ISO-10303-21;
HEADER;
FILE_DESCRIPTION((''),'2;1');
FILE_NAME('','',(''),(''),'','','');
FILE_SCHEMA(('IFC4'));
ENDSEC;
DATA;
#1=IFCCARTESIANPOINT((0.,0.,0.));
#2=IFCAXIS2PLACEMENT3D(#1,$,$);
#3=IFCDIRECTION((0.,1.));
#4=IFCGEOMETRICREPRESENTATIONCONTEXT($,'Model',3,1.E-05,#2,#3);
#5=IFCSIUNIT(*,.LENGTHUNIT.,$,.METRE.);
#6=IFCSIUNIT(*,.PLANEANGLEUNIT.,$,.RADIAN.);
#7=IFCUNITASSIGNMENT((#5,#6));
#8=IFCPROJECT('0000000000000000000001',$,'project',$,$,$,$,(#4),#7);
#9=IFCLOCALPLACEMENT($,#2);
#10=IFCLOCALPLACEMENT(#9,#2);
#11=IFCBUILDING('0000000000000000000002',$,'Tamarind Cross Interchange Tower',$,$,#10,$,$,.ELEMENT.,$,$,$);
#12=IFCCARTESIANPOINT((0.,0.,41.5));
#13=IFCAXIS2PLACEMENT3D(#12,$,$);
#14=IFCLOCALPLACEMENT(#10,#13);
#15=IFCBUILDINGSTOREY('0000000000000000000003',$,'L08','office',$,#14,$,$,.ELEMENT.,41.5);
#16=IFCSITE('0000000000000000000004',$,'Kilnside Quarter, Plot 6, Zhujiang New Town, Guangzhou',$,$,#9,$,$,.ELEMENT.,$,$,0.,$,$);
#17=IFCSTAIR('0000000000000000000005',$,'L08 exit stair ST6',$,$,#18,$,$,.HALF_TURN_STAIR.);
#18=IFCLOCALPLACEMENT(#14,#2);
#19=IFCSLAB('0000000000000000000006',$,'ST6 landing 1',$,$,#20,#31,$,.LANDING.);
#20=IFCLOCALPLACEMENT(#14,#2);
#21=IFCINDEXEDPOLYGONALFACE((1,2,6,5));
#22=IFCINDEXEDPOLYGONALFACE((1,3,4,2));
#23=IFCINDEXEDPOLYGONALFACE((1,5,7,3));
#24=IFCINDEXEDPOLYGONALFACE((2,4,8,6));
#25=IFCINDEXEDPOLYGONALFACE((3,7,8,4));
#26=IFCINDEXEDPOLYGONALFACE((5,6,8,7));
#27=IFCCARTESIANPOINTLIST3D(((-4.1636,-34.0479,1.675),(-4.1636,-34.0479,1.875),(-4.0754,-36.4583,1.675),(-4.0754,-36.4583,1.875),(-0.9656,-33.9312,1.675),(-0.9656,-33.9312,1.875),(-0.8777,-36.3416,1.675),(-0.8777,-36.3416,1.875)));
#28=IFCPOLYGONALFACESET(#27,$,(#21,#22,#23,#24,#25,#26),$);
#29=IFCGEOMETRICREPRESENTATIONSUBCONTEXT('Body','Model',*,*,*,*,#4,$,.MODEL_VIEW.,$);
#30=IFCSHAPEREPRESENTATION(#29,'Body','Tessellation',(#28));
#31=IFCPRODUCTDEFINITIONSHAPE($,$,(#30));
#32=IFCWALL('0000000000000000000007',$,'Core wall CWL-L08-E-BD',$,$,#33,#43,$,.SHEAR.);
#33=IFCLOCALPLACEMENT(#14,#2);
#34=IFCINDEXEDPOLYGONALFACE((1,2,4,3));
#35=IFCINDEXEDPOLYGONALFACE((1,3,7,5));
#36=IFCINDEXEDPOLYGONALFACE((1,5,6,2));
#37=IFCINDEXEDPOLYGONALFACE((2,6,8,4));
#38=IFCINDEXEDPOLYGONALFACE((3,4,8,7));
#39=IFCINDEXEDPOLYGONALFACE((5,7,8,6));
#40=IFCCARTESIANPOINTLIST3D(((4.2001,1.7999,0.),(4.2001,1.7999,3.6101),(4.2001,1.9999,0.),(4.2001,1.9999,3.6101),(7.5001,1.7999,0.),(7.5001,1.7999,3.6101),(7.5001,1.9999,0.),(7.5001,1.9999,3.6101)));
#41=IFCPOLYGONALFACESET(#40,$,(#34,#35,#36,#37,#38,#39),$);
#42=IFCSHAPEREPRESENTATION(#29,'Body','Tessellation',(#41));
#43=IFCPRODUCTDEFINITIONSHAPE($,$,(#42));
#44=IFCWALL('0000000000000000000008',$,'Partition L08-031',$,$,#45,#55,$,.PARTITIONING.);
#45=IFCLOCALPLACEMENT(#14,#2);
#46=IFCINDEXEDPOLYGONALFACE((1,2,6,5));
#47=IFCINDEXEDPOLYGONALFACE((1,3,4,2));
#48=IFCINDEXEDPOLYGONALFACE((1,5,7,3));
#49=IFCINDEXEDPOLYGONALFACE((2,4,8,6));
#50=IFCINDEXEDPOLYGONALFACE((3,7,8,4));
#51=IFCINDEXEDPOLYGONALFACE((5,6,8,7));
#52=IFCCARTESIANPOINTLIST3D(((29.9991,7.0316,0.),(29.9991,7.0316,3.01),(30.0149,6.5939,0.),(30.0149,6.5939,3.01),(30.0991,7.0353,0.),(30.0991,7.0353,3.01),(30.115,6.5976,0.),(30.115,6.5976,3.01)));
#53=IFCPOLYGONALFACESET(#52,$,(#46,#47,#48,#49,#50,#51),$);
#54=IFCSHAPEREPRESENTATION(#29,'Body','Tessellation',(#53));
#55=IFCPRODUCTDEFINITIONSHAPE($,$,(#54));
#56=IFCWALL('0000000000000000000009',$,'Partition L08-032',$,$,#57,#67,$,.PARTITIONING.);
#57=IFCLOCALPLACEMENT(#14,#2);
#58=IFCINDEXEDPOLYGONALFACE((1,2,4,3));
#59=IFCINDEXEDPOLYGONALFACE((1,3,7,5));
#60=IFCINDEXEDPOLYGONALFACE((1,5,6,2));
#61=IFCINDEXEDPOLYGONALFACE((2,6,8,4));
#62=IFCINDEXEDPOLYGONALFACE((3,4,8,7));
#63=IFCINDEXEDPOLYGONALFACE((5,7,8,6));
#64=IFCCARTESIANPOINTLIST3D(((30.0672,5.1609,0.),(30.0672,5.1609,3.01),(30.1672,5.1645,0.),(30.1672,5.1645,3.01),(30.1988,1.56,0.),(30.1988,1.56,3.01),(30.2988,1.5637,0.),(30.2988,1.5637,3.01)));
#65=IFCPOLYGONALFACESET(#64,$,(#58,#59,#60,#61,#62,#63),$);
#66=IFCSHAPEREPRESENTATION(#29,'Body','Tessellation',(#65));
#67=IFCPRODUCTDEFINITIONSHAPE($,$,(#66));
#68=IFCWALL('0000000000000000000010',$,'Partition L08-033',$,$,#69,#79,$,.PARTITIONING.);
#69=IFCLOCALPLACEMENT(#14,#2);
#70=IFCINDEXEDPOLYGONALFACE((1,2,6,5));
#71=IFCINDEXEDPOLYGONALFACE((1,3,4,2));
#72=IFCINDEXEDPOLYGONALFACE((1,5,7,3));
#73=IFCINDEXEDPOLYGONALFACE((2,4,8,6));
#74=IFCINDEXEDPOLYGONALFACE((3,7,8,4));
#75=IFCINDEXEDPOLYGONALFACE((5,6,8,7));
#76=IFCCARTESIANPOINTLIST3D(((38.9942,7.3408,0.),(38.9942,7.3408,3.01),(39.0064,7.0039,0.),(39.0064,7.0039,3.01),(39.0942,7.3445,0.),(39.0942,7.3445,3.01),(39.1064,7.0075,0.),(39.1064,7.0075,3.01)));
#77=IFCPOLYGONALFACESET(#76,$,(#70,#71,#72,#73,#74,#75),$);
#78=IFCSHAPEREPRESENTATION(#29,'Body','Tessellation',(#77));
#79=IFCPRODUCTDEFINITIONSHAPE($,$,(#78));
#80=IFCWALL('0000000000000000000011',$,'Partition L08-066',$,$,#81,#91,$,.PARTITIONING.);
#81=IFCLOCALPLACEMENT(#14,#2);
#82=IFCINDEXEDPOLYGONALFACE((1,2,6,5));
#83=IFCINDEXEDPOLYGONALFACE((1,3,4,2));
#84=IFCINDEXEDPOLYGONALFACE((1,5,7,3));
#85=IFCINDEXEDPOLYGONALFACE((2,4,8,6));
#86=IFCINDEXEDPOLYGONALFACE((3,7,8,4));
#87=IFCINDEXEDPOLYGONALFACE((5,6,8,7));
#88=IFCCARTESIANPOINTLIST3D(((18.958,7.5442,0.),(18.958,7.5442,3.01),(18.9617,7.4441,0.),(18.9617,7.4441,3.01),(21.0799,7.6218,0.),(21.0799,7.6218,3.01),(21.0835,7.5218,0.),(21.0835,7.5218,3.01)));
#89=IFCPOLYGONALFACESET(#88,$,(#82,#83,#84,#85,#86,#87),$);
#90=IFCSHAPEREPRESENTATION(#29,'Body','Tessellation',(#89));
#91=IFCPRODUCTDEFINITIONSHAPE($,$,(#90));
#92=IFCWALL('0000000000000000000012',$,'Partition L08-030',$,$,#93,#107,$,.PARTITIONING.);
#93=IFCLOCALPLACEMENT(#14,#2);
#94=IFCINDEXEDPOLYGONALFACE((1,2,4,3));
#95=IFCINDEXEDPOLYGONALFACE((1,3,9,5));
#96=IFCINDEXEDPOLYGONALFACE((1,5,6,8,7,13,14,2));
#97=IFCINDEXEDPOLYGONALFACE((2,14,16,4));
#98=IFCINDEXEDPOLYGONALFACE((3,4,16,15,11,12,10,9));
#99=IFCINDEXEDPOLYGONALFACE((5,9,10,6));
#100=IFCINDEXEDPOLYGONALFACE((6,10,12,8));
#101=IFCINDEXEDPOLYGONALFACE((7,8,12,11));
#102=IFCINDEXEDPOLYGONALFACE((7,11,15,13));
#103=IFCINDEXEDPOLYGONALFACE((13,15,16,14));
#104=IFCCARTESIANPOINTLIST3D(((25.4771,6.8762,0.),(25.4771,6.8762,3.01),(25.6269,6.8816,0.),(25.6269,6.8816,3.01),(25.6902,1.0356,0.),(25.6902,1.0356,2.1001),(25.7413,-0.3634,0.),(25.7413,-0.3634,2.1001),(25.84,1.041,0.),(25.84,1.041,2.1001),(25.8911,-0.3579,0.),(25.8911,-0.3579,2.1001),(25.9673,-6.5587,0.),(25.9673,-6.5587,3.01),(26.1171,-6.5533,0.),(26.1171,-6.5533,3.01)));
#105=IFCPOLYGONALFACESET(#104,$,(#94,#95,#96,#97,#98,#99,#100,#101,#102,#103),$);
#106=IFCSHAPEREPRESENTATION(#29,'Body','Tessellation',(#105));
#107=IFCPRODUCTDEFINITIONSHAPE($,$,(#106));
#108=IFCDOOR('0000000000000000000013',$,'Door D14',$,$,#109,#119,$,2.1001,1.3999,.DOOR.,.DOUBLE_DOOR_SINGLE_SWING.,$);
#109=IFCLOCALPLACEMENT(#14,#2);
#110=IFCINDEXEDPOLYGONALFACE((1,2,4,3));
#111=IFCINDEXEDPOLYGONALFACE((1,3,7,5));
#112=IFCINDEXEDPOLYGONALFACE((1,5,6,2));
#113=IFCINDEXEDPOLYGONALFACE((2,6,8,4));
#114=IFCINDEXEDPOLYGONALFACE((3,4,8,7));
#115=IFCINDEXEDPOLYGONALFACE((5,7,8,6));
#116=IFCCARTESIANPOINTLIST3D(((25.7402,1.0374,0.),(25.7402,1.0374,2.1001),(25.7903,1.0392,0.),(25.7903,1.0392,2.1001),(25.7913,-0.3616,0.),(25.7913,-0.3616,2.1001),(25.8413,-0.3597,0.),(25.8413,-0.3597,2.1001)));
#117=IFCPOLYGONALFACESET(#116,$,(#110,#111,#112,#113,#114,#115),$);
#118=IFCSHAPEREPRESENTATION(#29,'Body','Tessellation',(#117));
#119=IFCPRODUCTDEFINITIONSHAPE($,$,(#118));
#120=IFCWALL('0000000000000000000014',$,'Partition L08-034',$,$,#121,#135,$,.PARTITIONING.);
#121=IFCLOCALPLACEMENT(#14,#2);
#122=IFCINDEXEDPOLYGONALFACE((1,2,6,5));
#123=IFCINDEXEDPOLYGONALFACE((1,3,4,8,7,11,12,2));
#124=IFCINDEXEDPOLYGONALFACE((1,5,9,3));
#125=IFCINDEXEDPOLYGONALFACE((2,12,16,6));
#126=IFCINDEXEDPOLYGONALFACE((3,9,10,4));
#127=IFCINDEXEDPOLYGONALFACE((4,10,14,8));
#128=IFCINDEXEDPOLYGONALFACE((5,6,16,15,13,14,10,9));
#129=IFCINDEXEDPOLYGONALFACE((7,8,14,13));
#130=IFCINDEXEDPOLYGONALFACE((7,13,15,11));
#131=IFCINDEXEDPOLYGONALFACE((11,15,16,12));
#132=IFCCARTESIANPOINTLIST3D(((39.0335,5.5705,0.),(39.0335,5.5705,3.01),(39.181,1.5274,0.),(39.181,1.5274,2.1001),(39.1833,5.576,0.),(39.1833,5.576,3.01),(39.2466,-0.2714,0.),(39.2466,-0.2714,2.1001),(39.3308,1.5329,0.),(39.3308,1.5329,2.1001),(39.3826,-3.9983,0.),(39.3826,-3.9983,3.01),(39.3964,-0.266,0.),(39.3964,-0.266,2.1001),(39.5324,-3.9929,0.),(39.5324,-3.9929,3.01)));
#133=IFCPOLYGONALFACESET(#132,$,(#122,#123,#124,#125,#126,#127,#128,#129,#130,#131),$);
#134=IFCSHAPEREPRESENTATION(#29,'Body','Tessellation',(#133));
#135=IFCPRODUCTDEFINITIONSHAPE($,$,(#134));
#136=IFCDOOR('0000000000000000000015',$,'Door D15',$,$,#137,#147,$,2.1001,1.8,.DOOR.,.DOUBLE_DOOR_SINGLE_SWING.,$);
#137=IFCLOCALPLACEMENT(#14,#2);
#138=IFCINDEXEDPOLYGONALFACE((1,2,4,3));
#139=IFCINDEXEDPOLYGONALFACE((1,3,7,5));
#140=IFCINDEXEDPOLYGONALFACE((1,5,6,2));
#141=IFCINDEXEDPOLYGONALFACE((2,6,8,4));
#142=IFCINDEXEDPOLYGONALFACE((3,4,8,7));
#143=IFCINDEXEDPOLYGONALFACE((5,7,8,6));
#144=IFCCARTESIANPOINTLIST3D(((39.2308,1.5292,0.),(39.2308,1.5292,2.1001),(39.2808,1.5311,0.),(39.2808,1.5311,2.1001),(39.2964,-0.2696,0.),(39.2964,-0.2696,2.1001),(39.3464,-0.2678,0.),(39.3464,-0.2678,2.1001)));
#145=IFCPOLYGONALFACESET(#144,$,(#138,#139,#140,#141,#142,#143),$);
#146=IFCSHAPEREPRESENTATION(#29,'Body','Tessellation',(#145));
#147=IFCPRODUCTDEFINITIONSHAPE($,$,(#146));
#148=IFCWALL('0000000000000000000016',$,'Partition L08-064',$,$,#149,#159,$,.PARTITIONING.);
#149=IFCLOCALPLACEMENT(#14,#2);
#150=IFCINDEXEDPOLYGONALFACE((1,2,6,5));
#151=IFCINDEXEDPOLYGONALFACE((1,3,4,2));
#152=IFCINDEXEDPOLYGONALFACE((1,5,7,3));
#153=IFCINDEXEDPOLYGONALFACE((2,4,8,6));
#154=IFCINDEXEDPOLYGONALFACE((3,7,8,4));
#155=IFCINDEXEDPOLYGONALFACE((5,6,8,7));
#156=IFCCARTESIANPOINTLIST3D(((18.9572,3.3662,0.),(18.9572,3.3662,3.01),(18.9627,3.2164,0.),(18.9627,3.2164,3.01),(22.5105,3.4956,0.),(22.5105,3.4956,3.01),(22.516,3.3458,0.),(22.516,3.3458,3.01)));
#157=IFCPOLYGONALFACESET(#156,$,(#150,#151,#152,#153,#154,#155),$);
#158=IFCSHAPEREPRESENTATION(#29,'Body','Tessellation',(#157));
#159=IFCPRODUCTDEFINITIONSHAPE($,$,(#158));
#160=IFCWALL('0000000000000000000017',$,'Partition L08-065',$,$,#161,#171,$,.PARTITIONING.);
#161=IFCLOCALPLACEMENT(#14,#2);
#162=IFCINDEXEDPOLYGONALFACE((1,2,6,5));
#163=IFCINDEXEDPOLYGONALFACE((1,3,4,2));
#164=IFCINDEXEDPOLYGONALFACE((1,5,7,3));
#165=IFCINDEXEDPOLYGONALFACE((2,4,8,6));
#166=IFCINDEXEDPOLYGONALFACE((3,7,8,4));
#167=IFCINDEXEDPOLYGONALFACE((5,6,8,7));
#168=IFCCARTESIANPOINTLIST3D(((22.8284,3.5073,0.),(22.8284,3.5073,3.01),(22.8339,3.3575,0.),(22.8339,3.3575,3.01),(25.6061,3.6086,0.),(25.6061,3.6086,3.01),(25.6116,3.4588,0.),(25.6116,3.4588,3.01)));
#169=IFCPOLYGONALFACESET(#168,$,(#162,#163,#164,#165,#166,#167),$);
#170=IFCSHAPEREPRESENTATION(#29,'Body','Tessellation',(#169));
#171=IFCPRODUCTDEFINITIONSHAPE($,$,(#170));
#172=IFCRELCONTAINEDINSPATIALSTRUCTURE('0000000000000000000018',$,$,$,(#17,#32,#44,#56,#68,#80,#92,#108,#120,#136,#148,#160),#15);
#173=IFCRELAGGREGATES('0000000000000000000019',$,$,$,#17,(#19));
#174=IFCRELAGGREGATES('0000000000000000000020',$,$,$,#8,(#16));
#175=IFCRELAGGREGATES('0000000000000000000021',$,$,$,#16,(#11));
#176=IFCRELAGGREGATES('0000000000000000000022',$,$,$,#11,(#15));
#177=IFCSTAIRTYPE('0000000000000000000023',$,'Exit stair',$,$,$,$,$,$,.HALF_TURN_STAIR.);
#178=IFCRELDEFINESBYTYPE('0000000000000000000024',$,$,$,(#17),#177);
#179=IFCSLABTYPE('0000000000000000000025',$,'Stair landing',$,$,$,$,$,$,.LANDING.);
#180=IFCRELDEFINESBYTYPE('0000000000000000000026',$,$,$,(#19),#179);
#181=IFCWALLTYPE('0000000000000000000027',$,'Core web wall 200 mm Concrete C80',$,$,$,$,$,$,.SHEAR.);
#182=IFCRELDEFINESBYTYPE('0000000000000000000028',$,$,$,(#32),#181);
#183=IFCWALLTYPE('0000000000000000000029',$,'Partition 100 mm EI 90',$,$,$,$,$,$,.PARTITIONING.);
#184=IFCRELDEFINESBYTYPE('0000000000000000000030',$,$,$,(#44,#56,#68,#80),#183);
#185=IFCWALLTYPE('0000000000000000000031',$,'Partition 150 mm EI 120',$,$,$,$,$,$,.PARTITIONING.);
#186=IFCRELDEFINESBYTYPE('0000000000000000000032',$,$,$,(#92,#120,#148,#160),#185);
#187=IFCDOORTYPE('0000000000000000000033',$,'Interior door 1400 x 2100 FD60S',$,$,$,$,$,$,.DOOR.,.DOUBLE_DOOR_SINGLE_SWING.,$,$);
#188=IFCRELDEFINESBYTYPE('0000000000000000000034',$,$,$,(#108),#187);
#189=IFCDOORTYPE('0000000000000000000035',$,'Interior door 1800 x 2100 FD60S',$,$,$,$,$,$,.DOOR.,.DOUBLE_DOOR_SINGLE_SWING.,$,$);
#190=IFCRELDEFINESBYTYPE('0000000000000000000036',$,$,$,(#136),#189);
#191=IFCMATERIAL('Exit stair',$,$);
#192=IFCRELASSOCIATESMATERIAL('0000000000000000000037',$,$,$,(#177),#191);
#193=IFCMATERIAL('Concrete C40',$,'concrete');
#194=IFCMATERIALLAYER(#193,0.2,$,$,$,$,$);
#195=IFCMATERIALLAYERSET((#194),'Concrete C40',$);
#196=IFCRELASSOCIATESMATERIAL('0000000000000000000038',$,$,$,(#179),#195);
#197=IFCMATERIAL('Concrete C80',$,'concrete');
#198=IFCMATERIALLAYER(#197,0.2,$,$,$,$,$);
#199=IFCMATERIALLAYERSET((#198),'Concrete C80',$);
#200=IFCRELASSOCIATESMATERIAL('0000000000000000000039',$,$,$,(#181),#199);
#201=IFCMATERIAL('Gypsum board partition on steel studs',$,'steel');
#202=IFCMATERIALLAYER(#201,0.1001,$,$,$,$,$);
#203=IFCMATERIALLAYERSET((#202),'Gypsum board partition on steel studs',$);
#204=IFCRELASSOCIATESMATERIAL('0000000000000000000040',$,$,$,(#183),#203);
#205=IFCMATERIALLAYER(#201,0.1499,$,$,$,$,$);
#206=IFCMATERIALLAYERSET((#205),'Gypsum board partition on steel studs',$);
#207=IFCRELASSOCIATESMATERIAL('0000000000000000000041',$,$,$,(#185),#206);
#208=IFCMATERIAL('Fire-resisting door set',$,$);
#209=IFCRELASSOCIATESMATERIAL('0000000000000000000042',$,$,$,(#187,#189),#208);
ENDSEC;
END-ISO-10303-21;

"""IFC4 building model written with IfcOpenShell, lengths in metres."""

from ifc_helpers import new_model, si_unit, direction, frame, frame_2d, origin, place, context, subcontext, project, spatial, polyline, rectangle, outline, extrude, material, layer, layer_set, type_object, element, fill, aggregate, save


model = new_model("IFC4")

# Units and contexts
model_context = context("Model", 3, precision=1e-05, world=origin(), true_north=direction((0.0, 1.0)))
body_context = subcontext(model_context, "Body", "Model", "MODEL_VIEW")
ifc_project = project(units=[si_unit("LENGTHUNIT", "METRE"), si_unit("PLANEANGLEUNIT", "RADIAN")], contexts=[model_context])

# Site, building, storey
site_placement = place(None, origin())
site = spatial("IfcSite", under=ifc_project, at=site_placement, Name="Kilnside Quarter, Plot 6, Zhujiang New Town, Guangzhou", CompositionType="ELEMENT", RefElevation=0.0)
building_placement = place(site_placement, origin())
building = spatial("IfcBuilding", under=site, at=building_placement, Name="Tamarind Cross Interchange Tower", CompositionType="ELEMENT")
storey_placement = place(building_placement, frame((0.0, 0.0, 41.5)))
storey = spatial("IfcBuildingStorey", under=building, at=storey_placement, Name="L08", Description="office", CompositionType="ELEMENT", Elevation=41.5)

# Stair, slab
ifc_material_1 = material(Name="Exit stair")
stair_type = type_object("IfcStairType", Name="Exit stair", PredefinedType="HALF_TURN_STAIR", material=ifc_material_1)
stair_placement = place(storey_placement, origin())
stair = element("IfcStair", 1, at=stair_placement, inside=storey, type_object=stair_type, Name="L08 exit stair ST6", PredefinedType="HALF_TURN_STAIR")
ifc_material_2 = material(Name="Concrete C40", Category="concrete")
ifc_layer_1 = layer(ifc_material_2, 0.2)
ifc_layer_set_1 = layer_set([ifc_layer_1], Name="Concrete C40")
slab_type = type_object("IfcSlabType", Name="Stair landing", PredefinedType="LANDING", material=ifc_layer_set_1)
slab_placement = place(storey_placement, frame((0.0, 0.0, 1.675)))
slab = element("IfcSlab", 2, at=slab_placement, type_object=slab_type, Name="ST6 landing 1", PredefinedType="LANDING", context=body_context, shape_type="SweptSolid", body=[
    extrude(outline(polyline([(-4.1636, -34.0479), (-4.0754, -36.4583), (-0.8777, -36.3416), (-0.9656, -33.9312), (-4.1636, -34.0479)])), origin(), (0.0, 0.0, 1.0), 0.2),
])
aggregate(stair, [slab])

# Walls
ifc_material_3 = material(Name="Concrete C80", Category="concrete")
ifc_layer_2 = layer(ifc_material_3, 0.2)
ifc_layer_set_2 = layer_set([ifc_layer_2], Name="Concrete C80")
wall_type_1 = type_object("IfcWallType", Name="Core web wall 200 mm Concrete C80", PredefinedType="SHEAR", material=ifc_layer_set_2)
wall_1_placement = place(storey_placement, frame((7.5, 1.8999, 0.0), z_axis=(0.0, 0.0, 1.0), x_axis=(-1.0, 0.0, 0.0)))
element("IfcWall", 3, at=wall_1_placement, inside=storey, type_object=wall_type_1, Name="Core wall CWL-L08-E-BD", PredefinedType="SHEAR", context=body_context, shape_type="SweptSolid", body=[
    extrude(rectangle(XDim=3.3, YDim=0.2, at=frame_2d((1.6499, 0.0))), origin(), (0.0, 0.0, 1.0), 3.6101),
])
ifc_material_4 = material(Name="Gypsum board partition on steel studs", Category="steel")
ifc_layer_3 = layer(ifc_material_4, 0.1001)
ifc_layer_set_3 = layer_set([ifc_layer_3], Name="Gypsum board partition on steel studs")
wall_type_2 = type_object("IfcWallType", Name="Partition 100 mm EI 90", PredefinedType="PARTITIONING", material=ifc_layer_set_3)
wall_2_placement = place(storey_placement, frame((30.0491, 7.0334, 0.0), z_axis=(0.0, 0.0, 1.0), x_axis=(0.036228, -0.999344, 0.0)))
element("IfcWall", 4, at=wall_2_placement, inside=storey, type_object=wall_type_2, Name="Partition L08-031", PredefinedType="PARTITIONING", context=body_context, shape_type="SweptSolid", body=[
    extrude(rectangle(XDim=0.438, YDim=0.1001, at=frame_2d((0.219, 0.0))), origin(), (0.0, 0.0, 1.0), 3.01),
])
wall_3_placement = place(storey_placement, frame((30.1172, 5.1628, 0.0), z_axis=(0.0, 0.0, 1.0), x_axis=(0.03652, -0.999333, 0.0)))
element("IfcWall", 5, at=wall_3_placement, inside=storey, type_object=wall_type_2, Name="Partition L08-032", PredefinedType="PARTITIONING", context=body_context, shape_type="SweptSolid", body=[
    extrude(rectangle(XDim=3.6033, YDim=0.1001, at=frame_2d((1.8018, 0.0))), origin(), (0.0, 0.0, 1.0), 3.01),
])
wall_4_placement = place(storey_placement, frame((39.0442, 7.3425, 0.0), z_axis=(0.0, 0.0, 1.0), x_axis=(0.036208, -0.999344, 0.0)))
element("IfcWall", 6, at=wall_4_placement, inside=storey, type_object=wall_type_2, Name="Partition L08-033", PredefinedType="PARTITIONING", context=body_context, shape_type="SweptSolid", body=[
    extrude(rectangle(XDim=0.3372, YDim=0.1001, at=frame_2d((0.1685, 0.0))), origin(), (0.0, 0.0, 1.0), 3.01),
])
wall_5_placement = place(storey_placement, frame((18.96, 7.4941, 0.0), z_axis=(0.0, 0.0, 1.0), x_axis=(0.999331, 0.036565, 0.0)))
element("IfcWall", 7, at=wall_5_placement, inside=storey, type_object=wall_type_2, Name="Partition L08-066", PredefinedType="PARTITIONING", context=body_context, shape_type="SweptSolid", body=[
    extrude(rectangle(XDim=2.1233, YDim=0.1001, at=frame_2d((1.0615, 0.0))), origin(), (0.0, 0.0, 1.0), 3.01),
])

# Walls, openings, doors
ifc_layer_4 = layer(ifc_material_4, 0.1499)
ifc_layer_set_4 = layer_set([ifc_layer_4], Name="Gypsum board partition on steel studs")
wall_type_3 = type_object("IfcWallType", Name="Partition 150 mm EI 120", PredefinedType="PARTITIONING", material=ifc_layer_set_4)
wall_6_placement = place(storey_placement, frame((25.552, 6.8789, 0.0), z_axis=(0.0, 0.0, 1.0), x_axis=(0.036466, -0.999335, 0.0)))
wall_6 = element("IfcWall", 8, at=wall_6_placement, inside=storey, type_object=wall_type_3, Name="Partition L08-030", PredefinedType="PARTITIONING", context=body_context, shape_type="SweptSolid", body=[
    extrude(rectangle(XDim=13.4438, YDim=0.1499, at=frame_2d((6.7219, 0.0))), origin(), (0.0, 0.0, 1.0), 3.01),
])
opening_1_placement = place(wall_6_placement, frame((5.8445, 0.0, 0.0)))
opening_1 = element("IfcOpeningElement", 9, at=opening_1_placement, cuts=wall_6, PredefinedType="OPENING", context=body_context, shape_type="SweptSolid", body=[
    extrude(rectangle(XDim=1.3999, YDim=2.1001, at=frame_2d((0.7, 1.05))), frame((0.0, 0.085, 0.0), z_axis=(0.0, -1.0, 0.0), x_axis=(1.0, 0.0, 0.0)), (0.0, 0.0, 1.0), 0.1699),
])
ifc_material_5 = material(Name="Fire-resisting door set")
door_type_1 = type_object("IfcDoorType", Name="Interior door 1400 x 2100 FD60S", OperationType="DOUBLE_DOOR_SINGLE_SWING", PredefinedType="DOOR", material=ifc_material_5)
door_1_placement = place(opening_1_placement, frame((1.3999, 0.0, 0.0), z_axis=(0.0, 0.0, 1.0), x_axis=(-1.0, 0.0, 0.0)))
door_1 = element("IfcDoor", 10, at=door_1_placement, inside=storey, type_object=door_type_1, Name="Door D14", OperationType="DOUBLE_DOOR_SINGLE_SWING", OverallHeight=2.1001, OverallWidth=1.3999, PredefinedType="DOOR", context=body_context, shape_type="SweptSolid", body=[
    extrude(rectangle(XDim=1.3999, YDim=2.1001, at=frame_2d((0.7, 1.05))), frame((0.0, 0.0249, 0.0), z_axis=(0.0, -1.0, 0.0), x_axis=(1.0, 0.0, 0.0)), (0.0, 0.0, 1.0), 0.05),
])
fill(opening_1, door_1)
wall_7_placement = place(storey_placement, frame((39.1084, 5.5732, 0.0), z_axis=(0.0, 0.0, 1.0), x_axis=(0.036461, -0.999335, 0.0)))
wall_7 = element("IfcWall", 11, at=wall_7_placement, inside=storey, type_object=wall_type_3, Name="Partition L08-034", PredefinedType="PARTITIONING", context=body_context, shape_type="SweptSolid", body=[
    extrude(rectangle(XDim=9.5752, YDim=0.1499, at=frame_2d((4.7876, 0.0))), origin(), (0.0, 0.0, 1.0), 3.01),
])
opening_2_placement = place(wall_7_placement, frame((4.0459, 0.0, 0.0)))
opening_2 = element("IfcOpeningElement", 12, at=opening_2_placement, cuts=wall_7, PredefinedType="OPENING", context=body_context, shape_type="SweptSolid", body=[
    extrude(rectangle(XDim=1.8, YDim=2.1001, at=frame_2d((0.8999, 1.05))), frame((0.0, 0.085, 0.0), z_axis=(0.0, -1.0, 0.0), x_axis=(1.0, 0.0, 0.0)), (0.0, 0.0, 1.0), 0.1699),
])
door_type_2 = type_object("IfcDoorType", Name="Interior door 1800 x 2100 FD60S", OperationType="DOUBLE_DOOR_SINGLE_SWING", PredefinedType="DOOR", material=ifc_material_5)
door_2_placement = place(opening_2_placement, origin())
door_2 = element("IfcDoor", 13, at=door_2_placement, inside=storey, type_object=door_type_2, Name="Door D15", OperationType="DOUBLE_DOOR_SINGLE_SWING", OverallHeight=2.1001, OverallWidth=1.8, PredefinedType="DOOR", context=body_context, shape_type="SweptSolid", body=[
    extrude(rectangle(XDim=1.8, YDim=2.1001, at=frame_2d((0.8999, 1.05))), frame((0.0, 0.0249, 0.0), z_axis=(0.0, -1.0, 0.0), x_axis=(1.0, 0.0, 0.0)), (0.0, 0.0, 1.0), 0.05),
])
fill(opening_2, door_2)

# Walls
wall_8_placement = place(storey_placement, frame((18.96, 3.2913, 0.0), z_axis=(0.0, 0.0, 1.0), x_axis=(0.999338, 0.036392, 0.0)))
element("IfcWall", 14, at=wall_8_placement, inside=storey, type_object=wall_type_3, Name="Partition L08-064", PredefinedType="PARTITIONING", context=body_context, shape_type="SweptSolid", body=[
    extrude(rectangle(XDim=3.5557, YDim=0.1499, at=frame_2d((1.7778, 0.0))), origin(), (0.0, 0.0, 1.0), 3.01),
])
wall_9_placement = place(storey_placement, frame((22.8313, 3.4324, 0.0), z_axis=(0.0, 0.0, 1.0), x_axis=(0.999335, 0.036453, 0.0)))
element("IfcWall", 15, at=wall_9_placement, inside=storey, type_object=wall_type_3, Name="Partition L08-065", PredefinedType="PARTITIONING", context=body_context, shape_type="SweptSolid", body=[
    extrude(rectangle(XDim=2.7795, YDim=0.1499, at=frame_2d((1.3896, 0.0))), origin(), (0.0, 0.0, 1.0), 3.01),
])

save(model, "model.ifc")
